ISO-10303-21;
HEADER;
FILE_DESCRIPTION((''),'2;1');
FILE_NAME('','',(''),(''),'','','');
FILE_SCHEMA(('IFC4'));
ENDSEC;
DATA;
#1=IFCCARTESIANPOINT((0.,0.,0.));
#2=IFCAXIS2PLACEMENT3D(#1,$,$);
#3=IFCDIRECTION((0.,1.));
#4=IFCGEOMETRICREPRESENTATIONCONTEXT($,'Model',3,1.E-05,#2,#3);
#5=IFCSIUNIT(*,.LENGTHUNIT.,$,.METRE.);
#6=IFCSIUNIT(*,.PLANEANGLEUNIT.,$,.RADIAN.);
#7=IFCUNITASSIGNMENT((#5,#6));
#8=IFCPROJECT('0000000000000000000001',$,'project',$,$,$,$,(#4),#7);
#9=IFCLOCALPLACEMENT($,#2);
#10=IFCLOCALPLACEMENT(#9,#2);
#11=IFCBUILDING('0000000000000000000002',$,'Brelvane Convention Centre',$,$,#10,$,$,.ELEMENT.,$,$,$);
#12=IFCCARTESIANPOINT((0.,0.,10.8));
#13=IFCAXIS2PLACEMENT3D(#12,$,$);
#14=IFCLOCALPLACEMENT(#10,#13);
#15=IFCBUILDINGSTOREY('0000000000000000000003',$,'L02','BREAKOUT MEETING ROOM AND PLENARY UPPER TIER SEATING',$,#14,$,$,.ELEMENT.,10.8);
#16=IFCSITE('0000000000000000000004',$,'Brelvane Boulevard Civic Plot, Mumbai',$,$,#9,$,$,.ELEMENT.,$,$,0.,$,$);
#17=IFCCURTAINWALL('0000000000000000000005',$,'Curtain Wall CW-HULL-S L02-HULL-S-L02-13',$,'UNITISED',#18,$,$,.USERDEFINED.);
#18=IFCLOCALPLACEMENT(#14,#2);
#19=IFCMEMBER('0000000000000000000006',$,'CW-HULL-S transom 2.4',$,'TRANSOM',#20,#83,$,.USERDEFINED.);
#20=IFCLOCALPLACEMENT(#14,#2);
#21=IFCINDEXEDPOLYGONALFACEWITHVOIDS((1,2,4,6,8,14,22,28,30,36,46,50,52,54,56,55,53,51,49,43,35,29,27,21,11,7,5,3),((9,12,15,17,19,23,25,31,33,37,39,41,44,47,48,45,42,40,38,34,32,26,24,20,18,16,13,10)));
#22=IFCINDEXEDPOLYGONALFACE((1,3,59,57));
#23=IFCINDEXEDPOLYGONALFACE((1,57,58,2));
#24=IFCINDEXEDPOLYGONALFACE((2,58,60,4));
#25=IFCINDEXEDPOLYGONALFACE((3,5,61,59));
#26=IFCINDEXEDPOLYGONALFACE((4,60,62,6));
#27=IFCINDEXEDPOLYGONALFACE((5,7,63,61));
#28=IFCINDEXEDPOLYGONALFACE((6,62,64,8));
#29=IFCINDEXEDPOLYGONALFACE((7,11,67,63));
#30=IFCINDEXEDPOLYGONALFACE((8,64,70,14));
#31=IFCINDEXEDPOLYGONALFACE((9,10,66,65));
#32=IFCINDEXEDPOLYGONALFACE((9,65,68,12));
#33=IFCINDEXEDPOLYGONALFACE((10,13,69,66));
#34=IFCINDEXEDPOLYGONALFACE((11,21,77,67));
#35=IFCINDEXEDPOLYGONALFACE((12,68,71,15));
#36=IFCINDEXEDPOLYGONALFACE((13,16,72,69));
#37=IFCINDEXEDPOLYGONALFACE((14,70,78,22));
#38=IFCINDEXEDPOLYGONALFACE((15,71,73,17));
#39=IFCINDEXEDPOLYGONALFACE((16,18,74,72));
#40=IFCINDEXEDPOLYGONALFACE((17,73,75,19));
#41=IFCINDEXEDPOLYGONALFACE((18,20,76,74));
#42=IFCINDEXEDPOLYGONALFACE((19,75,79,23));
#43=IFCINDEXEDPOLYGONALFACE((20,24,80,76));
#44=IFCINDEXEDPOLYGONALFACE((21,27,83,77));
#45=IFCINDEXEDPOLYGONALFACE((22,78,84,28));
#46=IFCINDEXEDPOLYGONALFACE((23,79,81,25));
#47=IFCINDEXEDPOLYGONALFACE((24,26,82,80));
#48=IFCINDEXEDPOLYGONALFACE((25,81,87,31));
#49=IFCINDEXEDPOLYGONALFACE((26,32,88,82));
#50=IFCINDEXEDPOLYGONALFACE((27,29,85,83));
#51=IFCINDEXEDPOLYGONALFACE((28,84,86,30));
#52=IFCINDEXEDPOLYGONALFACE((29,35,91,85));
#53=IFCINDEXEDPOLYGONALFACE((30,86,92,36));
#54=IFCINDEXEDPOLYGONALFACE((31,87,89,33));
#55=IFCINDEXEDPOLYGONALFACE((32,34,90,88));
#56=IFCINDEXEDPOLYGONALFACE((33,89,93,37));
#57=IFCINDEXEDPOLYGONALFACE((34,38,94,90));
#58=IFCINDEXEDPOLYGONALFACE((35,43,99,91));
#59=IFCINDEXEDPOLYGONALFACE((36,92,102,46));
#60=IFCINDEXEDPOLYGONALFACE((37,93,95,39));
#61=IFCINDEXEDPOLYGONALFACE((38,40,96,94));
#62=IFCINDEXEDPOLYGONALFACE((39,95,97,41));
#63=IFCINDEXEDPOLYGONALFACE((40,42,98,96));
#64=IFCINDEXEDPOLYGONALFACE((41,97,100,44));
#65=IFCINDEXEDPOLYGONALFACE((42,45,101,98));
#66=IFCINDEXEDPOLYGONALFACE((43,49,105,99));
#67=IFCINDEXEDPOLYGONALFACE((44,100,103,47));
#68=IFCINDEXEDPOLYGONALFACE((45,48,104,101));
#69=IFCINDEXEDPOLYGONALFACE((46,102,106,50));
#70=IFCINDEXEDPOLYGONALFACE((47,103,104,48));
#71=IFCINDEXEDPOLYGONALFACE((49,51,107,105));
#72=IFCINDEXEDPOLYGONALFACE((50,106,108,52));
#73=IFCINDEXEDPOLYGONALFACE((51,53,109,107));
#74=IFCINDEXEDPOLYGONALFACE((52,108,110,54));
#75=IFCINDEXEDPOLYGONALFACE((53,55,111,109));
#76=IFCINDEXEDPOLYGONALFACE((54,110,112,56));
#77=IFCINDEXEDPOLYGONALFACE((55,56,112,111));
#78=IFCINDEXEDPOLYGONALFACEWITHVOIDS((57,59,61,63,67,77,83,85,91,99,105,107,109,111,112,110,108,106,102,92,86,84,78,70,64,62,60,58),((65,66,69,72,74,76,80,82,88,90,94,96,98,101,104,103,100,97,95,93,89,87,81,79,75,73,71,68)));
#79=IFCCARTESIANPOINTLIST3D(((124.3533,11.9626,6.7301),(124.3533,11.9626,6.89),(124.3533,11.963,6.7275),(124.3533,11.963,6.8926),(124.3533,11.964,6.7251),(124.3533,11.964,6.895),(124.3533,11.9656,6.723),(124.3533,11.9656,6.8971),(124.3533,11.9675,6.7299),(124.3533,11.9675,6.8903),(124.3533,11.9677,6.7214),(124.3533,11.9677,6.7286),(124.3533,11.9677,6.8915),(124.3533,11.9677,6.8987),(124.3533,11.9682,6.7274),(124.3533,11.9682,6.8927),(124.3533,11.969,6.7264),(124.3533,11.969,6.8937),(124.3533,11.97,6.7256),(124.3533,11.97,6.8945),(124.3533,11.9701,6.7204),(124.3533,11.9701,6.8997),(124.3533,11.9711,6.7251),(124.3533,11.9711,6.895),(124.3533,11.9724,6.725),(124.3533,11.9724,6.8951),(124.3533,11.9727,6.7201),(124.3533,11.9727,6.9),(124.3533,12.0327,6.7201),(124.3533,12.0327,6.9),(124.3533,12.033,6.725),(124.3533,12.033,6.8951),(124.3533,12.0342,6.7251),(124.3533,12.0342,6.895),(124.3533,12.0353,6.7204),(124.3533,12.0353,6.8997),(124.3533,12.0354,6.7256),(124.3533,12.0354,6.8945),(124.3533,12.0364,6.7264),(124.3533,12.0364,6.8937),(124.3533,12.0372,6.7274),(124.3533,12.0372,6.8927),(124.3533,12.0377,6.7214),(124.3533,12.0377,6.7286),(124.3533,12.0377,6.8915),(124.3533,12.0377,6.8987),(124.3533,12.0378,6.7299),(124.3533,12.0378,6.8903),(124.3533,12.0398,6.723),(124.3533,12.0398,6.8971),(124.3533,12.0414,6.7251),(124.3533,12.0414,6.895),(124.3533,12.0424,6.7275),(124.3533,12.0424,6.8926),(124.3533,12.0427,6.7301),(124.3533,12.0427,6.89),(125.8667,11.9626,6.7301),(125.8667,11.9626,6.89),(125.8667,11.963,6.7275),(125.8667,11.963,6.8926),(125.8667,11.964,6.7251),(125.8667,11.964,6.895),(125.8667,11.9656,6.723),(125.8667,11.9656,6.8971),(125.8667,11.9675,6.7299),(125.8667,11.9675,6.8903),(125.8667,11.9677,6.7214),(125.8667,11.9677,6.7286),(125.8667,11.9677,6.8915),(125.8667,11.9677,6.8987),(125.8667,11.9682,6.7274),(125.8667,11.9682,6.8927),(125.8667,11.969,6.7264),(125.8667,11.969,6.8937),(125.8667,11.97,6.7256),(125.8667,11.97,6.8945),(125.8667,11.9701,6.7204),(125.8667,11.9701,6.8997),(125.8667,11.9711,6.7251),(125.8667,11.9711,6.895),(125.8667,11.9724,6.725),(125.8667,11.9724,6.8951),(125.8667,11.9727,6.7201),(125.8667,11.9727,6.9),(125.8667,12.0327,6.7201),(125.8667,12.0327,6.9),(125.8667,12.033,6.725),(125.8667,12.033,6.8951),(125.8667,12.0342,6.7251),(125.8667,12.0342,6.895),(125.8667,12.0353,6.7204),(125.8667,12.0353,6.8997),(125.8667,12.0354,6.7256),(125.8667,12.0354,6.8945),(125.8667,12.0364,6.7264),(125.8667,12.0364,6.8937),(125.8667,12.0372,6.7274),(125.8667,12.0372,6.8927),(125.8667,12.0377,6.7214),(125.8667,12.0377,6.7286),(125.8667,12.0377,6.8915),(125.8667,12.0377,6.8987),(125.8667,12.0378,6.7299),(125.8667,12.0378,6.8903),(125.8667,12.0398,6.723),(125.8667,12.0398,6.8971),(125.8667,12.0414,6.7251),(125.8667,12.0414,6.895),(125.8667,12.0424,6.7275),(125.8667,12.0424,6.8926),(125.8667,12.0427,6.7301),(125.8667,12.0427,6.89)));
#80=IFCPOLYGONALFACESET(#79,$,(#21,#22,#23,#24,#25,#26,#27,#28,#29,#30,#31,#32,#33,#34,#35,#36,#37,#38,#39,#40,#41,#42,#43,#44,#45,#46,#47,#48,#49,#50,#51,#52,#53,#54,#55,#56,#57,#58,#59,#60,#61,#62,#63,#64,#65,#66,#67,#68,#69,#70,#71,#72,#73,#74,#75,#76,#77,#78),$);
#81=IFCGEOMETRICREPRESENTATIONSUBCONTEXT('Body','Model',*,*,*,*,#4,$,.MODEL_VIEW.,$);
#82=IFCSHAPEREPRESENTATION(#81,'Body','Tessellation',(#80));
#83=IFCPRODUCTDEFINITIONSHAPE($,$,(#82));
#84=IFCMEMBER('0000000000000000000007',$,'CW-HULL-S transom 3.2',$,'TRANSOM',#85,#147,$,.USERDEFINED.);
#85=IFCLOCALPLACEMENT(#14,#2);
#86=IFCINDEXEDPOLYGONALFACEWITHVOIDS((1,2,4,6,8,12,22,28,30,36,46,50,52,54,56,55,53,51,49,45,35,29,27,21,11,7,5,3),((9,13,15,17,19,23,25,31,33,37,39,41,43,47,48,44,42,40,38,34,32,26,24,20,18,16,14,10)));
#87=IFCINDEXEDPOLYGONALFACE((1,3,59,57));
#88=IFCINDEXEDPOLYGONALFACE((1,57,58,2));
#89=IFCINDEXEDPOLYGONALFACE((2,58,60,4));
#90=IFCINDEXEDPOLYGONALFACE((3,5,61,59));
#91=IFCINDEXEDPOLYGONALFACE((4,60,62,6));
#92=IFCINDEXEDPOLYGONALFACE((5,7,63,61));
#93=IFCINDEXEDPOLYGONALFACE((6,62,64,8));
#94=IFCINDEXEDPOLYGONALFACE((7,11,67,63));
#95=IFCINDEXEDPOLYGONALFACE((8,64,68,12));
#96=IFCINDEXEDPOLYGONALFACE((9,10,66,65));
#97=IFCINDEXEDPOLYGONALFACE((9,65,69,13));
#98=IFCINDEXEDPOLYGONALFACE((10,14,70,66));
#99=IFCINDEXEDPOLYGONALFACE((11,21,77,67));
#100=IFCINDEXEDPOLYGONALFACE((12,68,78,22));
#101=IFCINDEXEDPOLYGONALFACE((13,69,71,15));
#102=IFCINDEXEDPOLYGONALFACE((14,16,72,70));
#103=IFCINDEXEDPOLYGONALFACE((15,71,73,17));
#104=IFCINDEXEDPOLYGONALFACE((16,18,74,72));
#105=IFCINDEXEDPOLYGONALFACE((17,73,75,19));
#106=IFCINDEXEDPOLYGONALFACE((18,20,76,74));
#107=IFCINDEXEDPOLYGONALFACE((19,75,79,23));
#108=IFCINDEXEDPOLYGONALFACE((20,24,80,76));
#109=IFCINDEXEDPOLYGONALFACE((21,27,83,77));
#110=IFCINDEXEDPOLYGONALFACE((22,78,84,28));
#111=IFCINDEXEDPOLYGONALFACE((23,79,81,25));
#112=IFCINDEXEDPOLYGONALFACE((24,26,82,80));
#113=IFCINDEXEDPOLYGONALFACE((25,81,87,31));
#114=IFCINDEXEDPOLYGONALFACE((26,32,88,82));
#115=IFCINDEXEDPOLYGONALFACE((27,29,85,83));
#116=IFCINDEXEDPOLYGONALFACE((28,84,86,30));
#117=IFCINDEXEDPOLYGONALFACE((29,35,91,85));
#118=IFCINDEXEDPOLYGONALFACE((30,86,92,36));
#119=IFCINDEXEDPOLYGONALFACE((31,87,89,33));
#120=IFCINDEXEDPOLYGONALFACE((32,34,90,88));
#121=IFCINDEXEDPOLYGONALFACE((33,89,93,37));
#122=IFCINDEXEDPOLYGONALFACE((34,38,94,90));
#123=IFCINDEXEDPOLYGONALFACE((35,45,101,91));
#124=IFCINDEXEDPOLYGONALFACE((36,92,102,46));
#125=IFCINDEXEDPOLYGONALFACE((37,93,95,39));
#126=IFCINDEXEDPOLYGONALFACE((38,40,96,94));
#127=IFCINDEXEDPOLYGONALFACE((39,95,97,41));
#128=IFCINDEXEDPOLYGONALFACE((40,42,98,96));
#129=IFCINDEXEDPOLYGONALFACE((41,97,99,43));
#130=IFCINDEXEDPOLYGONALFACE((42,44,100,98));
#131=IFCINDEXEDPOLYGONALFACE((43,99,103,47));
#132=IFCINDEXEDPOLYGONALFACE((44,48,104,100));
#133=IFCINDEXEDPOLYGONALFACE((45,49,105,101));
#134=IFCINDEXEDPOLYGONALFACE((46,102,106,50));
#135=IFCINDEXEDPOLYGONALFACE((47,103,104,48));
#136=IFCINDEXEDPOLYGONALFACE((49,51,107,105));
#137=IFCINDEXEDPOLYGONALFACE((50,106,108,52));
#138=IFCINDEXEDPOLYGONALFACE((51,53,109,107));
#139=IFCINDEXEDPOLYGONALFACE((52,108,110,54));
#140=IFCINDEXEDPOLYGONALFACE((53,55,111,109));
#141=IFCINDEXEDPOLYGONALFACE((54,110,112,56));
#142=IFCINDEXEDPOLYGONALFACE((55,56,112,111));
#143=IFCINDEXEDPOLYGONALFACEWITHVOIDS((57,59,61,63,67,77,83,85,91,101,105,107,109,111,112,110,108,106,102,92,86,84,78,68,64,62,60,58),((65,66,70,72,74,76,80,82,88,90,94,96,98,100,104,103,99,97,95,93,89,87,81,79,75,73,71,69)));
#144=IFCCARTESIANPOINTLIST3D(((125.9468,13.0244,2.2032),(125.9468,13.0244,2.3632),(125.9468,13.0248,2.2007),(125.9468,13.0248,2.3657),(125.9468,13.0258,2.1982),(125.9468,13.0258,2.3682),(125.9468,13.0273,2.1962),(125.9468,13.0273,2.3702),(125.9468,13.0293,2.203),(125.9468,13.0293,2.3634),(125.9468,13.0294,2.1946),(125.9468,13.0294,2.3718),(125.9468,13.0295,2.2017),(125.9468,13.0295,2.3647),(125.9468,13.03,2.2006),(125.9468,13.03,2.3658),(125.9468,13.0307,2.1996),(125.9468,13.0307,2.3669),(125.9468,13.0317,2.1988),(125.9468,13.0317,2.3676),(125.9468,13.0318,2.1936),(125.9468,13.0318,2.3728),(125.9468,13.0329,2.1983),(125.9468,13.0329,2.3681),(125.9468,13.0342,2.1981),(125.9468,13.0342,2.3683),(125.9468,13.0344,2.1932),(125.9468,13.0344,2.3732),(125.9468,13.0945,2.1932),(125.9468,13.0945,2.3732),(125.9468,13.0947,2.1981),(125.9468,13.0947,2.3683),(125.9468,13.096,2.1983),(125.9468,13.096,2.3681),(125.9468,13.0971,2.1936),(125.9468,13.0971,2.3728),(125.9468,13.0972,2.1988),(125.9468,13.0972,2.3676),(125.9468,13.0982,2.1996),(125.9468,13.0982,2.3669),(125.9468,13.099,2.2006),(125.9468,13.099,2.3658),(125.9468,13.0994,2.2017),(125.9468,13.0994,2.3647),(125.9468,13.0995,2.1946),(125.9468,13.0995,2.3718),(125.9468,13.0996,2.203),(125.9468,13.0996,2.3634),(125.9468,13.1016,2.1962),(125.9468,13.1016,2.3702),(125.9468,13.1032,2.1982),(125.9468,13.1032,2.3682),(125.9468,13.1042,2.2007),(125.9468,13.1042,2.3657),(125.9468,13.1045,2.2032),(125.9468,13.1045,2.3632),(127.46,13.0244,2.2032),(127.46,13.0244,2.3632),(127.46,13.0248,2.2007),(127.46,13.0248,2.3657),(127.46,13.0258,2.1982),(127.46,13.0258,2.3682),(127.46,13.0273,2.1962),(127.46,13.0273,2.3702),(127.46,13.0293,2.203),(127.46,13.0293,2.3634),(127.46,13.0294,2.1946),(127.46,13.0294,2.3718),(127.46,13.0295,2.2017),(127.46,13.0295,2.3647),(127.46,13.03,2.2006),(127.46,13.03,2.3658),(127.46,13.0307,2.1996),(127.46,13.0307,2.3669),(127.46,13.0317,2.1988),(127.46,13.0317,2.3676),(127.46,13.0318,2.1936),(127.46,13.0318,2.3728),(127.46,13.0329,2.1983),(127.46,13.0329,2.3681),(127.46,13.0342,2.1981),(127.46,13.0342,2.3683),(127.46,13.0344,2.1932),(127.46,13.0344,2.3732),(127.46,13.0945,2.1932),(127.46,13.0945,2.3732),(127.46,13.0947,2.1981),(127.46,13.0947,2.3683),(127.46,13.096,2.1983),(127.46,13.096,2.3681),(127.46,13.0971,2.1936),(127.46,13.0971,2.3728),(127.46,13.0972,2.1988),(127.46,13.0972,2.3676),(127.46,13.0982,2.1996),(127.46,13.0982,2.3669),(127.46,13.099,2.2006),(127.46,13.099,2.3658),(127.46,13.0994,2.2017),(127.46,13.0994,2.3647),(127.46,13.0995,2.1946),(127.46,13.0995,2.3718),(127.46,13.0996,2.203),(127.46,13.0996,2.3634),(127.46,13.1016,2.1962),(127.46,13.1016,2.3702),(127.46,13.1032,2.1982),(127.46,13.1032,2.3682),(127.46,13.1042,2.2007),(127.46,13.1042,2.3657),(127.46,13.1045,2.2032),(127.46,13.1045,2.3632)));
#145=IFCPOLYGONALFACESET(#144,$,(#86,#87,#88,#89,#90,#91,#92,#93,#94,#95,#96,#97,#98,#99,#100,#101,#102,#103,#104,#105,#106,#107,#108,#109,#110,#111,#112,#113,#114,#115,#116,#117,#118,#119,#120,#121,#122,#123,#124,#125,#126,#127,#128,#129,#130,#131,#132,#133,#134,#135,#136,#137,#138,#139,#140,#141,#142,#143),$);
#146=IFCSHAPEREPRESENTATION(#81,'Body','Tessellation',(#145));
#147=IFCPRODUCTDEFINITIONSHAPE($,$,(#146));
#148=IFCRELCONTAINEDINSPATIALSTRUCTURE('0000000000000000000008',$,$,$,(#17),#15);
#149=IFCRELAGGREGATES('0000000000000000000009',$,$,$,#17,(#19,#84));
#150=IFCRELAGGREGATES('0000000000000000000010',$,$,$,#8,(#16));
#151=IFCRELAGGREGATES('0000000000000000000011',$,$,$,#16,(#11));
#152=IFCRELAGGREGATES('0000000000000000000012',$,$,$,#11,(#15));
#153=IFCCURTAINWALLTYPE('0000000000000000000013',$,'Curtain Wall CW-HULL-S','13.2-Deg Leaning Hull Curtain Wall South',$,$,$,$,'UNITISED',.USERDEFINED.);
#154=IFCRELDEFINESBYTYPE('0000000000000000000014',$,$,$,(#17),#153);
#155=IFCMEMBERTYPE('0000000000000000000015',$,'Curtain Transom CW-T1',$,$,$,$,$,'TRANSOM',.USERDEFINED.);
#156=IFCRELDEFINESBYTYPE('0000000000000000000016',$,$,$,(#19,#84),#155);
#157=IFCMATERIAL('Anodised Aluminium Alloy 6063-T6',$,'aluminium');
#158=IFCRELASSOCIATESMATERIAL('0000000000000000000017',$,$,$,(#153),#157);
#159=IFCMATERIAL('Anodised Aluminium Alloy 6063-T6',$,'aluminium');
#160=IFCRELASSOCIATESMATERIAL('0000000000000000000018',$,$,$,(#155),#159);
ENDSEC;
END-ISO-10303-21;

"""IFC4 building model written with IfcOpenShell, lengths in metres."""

from ifc_helpers import new_model, si_unit, direction, frame, origin, origin_2d, place, context, subcontext, project, spatial, hollow_rectangle, extrude, material, material_profile, profile_set, type_object, element, aggregate, save


model = new_model("IFC4")

# Units and contexts
model_context = context("Model", 3, precision=1e-05, world=origin(), true_north=direction((0.0, 1.0)))
body_context = subcontext(model_context, "Body", "Model", "MODEL_VIEW")
ifc_project = project(units=[si_unit("LENGTHUNIT", "METRE"), si_unit("PLANEANGLEUNIT", "RADIAN")], contexts=[model_context])

# Site, building, storey
site_placement = place(None, origin())
site = spatial("IfcSite", under=ifc_project, at=site_placement, Name="Brelvane Boulevard Civic Plot, Mumbai", CompositionType="ELEMENT", RefElevation=0.0)
building_placement = place(site_placement, origin())
building = spatial("IfcBuilding", under=site, at=building_placement, Name="Brelvane Convention Centre", CompositionType="ELEMENT")
storey_placement = place(building_placement, frame((0.0, 0.0, 10.8)))
storey = spatial("IfcBuildingStorey", under=building, at=storey_placement, Name="L02", Description="BREAKOUT MEETING ROOM AND PLENARY UPPER TIER SEATING", CompositionType="ELEMENT", Elevation=10.8)

# Curtain wall, members
ifc_material_1 = material(Name="Anodised Aluminium Alloy 6063-T6", Category="aluminium")
curtain_wall_type = type_object("IfcCurtainWallType", Name="Curtain Wall CW-HULL-S", Description="13.2-Deg Leaning Hull Curtain Wall South", ElementType="UNITISED", PredefinedType="USERDEFINED", material=ifc_material_1)
ifc_material_2 = material(Name="Anodised Aluminium Alloy 6063-T6", Category="aluminium")
ifc_material_profile = material_profile(ifc_material_2, hollow_rectangle(XDim=0.0801, YDim=0.1799, WallThickness=0.0049, InnerFilletRadius=0.0049, OuterFilletRadius=0.01, at=origin_2d()), Name="ALU-T 180x80x5.0")
ifc_profile_set = profile_set([ifc_material_profile], Name="Anodised Aluminium Alloy 6063-T6")
member_type = type_object("IfcMemberType", Name="Curtain Transom CW-T1", ElementType="TRANSOM", PredefinedType="USERDEFINED", material=ifc_profile_set)
curtain_wall_1_placement = place(storey_placement, origin())
curtain_wall_1 = element("IfcCurtainWall", 1, at=curtain_wall_1_placement, inside=storey, type_object=curtain_wall_type, Name="Curtain Wall CW-HULL-S L02-HULL-S-L02-13", ObjectType="UNITISED", PredefinedType="USERDEFINED")
member_1_placement = place(storey_placement, frame((124.3533, 12.0027, 6.8101), z_axis=(1.0, 0.0, 0.0), x_axis=(0.0, 1.0, 0.0)))
member_1 = element("IfcMember", 2, at=member_1_placement, type_object=member_type, Name="CW-HULL-S transom 2.4", ObjectType="TRANSOM", PredefinedType="USERDEFINED", context=body_context, shape_type="SweptSolid", body=[
    extrude(hollow_rectangle(XDim=0.0801, YDim=0.1799, WallThickness=0.0049, InnerFilletRadius=0.0049, OuterFilletRadius=0.01, at=origin_2d()), origin(), (0.0, 0.0, 1.0), 1.5134),
])
member_2_placement = place(storey_placement, frame((125.9468, 13.0645, 2.2832), z_axis=(1.0, 0.0, 0.0), x_axis=(0.0, 1.0, 0.0)))
member_2 = element("IfcMember", 3, at=member_2_placement, type_object=member_type, Name="CW-HULL-S transom 3.2", ObjectType="TRANSOM", PredefinedType="USERDEFINED", context=body_context, shape_type="SweptSolid", body=[
    extrude(hollow_rectangle(XDim=0.0801, YDim=0.1799, WallThickness=0.0049, InnerFilletRadius=0.0049, OuterFilletRadius=0.01, at=origin_2d()), origin(), (0.0, 0.0, 1.0), 1.5132),
])

aggregate(curtain_wall_1, [member_1, member_2])

save(model, "model.ifc")
